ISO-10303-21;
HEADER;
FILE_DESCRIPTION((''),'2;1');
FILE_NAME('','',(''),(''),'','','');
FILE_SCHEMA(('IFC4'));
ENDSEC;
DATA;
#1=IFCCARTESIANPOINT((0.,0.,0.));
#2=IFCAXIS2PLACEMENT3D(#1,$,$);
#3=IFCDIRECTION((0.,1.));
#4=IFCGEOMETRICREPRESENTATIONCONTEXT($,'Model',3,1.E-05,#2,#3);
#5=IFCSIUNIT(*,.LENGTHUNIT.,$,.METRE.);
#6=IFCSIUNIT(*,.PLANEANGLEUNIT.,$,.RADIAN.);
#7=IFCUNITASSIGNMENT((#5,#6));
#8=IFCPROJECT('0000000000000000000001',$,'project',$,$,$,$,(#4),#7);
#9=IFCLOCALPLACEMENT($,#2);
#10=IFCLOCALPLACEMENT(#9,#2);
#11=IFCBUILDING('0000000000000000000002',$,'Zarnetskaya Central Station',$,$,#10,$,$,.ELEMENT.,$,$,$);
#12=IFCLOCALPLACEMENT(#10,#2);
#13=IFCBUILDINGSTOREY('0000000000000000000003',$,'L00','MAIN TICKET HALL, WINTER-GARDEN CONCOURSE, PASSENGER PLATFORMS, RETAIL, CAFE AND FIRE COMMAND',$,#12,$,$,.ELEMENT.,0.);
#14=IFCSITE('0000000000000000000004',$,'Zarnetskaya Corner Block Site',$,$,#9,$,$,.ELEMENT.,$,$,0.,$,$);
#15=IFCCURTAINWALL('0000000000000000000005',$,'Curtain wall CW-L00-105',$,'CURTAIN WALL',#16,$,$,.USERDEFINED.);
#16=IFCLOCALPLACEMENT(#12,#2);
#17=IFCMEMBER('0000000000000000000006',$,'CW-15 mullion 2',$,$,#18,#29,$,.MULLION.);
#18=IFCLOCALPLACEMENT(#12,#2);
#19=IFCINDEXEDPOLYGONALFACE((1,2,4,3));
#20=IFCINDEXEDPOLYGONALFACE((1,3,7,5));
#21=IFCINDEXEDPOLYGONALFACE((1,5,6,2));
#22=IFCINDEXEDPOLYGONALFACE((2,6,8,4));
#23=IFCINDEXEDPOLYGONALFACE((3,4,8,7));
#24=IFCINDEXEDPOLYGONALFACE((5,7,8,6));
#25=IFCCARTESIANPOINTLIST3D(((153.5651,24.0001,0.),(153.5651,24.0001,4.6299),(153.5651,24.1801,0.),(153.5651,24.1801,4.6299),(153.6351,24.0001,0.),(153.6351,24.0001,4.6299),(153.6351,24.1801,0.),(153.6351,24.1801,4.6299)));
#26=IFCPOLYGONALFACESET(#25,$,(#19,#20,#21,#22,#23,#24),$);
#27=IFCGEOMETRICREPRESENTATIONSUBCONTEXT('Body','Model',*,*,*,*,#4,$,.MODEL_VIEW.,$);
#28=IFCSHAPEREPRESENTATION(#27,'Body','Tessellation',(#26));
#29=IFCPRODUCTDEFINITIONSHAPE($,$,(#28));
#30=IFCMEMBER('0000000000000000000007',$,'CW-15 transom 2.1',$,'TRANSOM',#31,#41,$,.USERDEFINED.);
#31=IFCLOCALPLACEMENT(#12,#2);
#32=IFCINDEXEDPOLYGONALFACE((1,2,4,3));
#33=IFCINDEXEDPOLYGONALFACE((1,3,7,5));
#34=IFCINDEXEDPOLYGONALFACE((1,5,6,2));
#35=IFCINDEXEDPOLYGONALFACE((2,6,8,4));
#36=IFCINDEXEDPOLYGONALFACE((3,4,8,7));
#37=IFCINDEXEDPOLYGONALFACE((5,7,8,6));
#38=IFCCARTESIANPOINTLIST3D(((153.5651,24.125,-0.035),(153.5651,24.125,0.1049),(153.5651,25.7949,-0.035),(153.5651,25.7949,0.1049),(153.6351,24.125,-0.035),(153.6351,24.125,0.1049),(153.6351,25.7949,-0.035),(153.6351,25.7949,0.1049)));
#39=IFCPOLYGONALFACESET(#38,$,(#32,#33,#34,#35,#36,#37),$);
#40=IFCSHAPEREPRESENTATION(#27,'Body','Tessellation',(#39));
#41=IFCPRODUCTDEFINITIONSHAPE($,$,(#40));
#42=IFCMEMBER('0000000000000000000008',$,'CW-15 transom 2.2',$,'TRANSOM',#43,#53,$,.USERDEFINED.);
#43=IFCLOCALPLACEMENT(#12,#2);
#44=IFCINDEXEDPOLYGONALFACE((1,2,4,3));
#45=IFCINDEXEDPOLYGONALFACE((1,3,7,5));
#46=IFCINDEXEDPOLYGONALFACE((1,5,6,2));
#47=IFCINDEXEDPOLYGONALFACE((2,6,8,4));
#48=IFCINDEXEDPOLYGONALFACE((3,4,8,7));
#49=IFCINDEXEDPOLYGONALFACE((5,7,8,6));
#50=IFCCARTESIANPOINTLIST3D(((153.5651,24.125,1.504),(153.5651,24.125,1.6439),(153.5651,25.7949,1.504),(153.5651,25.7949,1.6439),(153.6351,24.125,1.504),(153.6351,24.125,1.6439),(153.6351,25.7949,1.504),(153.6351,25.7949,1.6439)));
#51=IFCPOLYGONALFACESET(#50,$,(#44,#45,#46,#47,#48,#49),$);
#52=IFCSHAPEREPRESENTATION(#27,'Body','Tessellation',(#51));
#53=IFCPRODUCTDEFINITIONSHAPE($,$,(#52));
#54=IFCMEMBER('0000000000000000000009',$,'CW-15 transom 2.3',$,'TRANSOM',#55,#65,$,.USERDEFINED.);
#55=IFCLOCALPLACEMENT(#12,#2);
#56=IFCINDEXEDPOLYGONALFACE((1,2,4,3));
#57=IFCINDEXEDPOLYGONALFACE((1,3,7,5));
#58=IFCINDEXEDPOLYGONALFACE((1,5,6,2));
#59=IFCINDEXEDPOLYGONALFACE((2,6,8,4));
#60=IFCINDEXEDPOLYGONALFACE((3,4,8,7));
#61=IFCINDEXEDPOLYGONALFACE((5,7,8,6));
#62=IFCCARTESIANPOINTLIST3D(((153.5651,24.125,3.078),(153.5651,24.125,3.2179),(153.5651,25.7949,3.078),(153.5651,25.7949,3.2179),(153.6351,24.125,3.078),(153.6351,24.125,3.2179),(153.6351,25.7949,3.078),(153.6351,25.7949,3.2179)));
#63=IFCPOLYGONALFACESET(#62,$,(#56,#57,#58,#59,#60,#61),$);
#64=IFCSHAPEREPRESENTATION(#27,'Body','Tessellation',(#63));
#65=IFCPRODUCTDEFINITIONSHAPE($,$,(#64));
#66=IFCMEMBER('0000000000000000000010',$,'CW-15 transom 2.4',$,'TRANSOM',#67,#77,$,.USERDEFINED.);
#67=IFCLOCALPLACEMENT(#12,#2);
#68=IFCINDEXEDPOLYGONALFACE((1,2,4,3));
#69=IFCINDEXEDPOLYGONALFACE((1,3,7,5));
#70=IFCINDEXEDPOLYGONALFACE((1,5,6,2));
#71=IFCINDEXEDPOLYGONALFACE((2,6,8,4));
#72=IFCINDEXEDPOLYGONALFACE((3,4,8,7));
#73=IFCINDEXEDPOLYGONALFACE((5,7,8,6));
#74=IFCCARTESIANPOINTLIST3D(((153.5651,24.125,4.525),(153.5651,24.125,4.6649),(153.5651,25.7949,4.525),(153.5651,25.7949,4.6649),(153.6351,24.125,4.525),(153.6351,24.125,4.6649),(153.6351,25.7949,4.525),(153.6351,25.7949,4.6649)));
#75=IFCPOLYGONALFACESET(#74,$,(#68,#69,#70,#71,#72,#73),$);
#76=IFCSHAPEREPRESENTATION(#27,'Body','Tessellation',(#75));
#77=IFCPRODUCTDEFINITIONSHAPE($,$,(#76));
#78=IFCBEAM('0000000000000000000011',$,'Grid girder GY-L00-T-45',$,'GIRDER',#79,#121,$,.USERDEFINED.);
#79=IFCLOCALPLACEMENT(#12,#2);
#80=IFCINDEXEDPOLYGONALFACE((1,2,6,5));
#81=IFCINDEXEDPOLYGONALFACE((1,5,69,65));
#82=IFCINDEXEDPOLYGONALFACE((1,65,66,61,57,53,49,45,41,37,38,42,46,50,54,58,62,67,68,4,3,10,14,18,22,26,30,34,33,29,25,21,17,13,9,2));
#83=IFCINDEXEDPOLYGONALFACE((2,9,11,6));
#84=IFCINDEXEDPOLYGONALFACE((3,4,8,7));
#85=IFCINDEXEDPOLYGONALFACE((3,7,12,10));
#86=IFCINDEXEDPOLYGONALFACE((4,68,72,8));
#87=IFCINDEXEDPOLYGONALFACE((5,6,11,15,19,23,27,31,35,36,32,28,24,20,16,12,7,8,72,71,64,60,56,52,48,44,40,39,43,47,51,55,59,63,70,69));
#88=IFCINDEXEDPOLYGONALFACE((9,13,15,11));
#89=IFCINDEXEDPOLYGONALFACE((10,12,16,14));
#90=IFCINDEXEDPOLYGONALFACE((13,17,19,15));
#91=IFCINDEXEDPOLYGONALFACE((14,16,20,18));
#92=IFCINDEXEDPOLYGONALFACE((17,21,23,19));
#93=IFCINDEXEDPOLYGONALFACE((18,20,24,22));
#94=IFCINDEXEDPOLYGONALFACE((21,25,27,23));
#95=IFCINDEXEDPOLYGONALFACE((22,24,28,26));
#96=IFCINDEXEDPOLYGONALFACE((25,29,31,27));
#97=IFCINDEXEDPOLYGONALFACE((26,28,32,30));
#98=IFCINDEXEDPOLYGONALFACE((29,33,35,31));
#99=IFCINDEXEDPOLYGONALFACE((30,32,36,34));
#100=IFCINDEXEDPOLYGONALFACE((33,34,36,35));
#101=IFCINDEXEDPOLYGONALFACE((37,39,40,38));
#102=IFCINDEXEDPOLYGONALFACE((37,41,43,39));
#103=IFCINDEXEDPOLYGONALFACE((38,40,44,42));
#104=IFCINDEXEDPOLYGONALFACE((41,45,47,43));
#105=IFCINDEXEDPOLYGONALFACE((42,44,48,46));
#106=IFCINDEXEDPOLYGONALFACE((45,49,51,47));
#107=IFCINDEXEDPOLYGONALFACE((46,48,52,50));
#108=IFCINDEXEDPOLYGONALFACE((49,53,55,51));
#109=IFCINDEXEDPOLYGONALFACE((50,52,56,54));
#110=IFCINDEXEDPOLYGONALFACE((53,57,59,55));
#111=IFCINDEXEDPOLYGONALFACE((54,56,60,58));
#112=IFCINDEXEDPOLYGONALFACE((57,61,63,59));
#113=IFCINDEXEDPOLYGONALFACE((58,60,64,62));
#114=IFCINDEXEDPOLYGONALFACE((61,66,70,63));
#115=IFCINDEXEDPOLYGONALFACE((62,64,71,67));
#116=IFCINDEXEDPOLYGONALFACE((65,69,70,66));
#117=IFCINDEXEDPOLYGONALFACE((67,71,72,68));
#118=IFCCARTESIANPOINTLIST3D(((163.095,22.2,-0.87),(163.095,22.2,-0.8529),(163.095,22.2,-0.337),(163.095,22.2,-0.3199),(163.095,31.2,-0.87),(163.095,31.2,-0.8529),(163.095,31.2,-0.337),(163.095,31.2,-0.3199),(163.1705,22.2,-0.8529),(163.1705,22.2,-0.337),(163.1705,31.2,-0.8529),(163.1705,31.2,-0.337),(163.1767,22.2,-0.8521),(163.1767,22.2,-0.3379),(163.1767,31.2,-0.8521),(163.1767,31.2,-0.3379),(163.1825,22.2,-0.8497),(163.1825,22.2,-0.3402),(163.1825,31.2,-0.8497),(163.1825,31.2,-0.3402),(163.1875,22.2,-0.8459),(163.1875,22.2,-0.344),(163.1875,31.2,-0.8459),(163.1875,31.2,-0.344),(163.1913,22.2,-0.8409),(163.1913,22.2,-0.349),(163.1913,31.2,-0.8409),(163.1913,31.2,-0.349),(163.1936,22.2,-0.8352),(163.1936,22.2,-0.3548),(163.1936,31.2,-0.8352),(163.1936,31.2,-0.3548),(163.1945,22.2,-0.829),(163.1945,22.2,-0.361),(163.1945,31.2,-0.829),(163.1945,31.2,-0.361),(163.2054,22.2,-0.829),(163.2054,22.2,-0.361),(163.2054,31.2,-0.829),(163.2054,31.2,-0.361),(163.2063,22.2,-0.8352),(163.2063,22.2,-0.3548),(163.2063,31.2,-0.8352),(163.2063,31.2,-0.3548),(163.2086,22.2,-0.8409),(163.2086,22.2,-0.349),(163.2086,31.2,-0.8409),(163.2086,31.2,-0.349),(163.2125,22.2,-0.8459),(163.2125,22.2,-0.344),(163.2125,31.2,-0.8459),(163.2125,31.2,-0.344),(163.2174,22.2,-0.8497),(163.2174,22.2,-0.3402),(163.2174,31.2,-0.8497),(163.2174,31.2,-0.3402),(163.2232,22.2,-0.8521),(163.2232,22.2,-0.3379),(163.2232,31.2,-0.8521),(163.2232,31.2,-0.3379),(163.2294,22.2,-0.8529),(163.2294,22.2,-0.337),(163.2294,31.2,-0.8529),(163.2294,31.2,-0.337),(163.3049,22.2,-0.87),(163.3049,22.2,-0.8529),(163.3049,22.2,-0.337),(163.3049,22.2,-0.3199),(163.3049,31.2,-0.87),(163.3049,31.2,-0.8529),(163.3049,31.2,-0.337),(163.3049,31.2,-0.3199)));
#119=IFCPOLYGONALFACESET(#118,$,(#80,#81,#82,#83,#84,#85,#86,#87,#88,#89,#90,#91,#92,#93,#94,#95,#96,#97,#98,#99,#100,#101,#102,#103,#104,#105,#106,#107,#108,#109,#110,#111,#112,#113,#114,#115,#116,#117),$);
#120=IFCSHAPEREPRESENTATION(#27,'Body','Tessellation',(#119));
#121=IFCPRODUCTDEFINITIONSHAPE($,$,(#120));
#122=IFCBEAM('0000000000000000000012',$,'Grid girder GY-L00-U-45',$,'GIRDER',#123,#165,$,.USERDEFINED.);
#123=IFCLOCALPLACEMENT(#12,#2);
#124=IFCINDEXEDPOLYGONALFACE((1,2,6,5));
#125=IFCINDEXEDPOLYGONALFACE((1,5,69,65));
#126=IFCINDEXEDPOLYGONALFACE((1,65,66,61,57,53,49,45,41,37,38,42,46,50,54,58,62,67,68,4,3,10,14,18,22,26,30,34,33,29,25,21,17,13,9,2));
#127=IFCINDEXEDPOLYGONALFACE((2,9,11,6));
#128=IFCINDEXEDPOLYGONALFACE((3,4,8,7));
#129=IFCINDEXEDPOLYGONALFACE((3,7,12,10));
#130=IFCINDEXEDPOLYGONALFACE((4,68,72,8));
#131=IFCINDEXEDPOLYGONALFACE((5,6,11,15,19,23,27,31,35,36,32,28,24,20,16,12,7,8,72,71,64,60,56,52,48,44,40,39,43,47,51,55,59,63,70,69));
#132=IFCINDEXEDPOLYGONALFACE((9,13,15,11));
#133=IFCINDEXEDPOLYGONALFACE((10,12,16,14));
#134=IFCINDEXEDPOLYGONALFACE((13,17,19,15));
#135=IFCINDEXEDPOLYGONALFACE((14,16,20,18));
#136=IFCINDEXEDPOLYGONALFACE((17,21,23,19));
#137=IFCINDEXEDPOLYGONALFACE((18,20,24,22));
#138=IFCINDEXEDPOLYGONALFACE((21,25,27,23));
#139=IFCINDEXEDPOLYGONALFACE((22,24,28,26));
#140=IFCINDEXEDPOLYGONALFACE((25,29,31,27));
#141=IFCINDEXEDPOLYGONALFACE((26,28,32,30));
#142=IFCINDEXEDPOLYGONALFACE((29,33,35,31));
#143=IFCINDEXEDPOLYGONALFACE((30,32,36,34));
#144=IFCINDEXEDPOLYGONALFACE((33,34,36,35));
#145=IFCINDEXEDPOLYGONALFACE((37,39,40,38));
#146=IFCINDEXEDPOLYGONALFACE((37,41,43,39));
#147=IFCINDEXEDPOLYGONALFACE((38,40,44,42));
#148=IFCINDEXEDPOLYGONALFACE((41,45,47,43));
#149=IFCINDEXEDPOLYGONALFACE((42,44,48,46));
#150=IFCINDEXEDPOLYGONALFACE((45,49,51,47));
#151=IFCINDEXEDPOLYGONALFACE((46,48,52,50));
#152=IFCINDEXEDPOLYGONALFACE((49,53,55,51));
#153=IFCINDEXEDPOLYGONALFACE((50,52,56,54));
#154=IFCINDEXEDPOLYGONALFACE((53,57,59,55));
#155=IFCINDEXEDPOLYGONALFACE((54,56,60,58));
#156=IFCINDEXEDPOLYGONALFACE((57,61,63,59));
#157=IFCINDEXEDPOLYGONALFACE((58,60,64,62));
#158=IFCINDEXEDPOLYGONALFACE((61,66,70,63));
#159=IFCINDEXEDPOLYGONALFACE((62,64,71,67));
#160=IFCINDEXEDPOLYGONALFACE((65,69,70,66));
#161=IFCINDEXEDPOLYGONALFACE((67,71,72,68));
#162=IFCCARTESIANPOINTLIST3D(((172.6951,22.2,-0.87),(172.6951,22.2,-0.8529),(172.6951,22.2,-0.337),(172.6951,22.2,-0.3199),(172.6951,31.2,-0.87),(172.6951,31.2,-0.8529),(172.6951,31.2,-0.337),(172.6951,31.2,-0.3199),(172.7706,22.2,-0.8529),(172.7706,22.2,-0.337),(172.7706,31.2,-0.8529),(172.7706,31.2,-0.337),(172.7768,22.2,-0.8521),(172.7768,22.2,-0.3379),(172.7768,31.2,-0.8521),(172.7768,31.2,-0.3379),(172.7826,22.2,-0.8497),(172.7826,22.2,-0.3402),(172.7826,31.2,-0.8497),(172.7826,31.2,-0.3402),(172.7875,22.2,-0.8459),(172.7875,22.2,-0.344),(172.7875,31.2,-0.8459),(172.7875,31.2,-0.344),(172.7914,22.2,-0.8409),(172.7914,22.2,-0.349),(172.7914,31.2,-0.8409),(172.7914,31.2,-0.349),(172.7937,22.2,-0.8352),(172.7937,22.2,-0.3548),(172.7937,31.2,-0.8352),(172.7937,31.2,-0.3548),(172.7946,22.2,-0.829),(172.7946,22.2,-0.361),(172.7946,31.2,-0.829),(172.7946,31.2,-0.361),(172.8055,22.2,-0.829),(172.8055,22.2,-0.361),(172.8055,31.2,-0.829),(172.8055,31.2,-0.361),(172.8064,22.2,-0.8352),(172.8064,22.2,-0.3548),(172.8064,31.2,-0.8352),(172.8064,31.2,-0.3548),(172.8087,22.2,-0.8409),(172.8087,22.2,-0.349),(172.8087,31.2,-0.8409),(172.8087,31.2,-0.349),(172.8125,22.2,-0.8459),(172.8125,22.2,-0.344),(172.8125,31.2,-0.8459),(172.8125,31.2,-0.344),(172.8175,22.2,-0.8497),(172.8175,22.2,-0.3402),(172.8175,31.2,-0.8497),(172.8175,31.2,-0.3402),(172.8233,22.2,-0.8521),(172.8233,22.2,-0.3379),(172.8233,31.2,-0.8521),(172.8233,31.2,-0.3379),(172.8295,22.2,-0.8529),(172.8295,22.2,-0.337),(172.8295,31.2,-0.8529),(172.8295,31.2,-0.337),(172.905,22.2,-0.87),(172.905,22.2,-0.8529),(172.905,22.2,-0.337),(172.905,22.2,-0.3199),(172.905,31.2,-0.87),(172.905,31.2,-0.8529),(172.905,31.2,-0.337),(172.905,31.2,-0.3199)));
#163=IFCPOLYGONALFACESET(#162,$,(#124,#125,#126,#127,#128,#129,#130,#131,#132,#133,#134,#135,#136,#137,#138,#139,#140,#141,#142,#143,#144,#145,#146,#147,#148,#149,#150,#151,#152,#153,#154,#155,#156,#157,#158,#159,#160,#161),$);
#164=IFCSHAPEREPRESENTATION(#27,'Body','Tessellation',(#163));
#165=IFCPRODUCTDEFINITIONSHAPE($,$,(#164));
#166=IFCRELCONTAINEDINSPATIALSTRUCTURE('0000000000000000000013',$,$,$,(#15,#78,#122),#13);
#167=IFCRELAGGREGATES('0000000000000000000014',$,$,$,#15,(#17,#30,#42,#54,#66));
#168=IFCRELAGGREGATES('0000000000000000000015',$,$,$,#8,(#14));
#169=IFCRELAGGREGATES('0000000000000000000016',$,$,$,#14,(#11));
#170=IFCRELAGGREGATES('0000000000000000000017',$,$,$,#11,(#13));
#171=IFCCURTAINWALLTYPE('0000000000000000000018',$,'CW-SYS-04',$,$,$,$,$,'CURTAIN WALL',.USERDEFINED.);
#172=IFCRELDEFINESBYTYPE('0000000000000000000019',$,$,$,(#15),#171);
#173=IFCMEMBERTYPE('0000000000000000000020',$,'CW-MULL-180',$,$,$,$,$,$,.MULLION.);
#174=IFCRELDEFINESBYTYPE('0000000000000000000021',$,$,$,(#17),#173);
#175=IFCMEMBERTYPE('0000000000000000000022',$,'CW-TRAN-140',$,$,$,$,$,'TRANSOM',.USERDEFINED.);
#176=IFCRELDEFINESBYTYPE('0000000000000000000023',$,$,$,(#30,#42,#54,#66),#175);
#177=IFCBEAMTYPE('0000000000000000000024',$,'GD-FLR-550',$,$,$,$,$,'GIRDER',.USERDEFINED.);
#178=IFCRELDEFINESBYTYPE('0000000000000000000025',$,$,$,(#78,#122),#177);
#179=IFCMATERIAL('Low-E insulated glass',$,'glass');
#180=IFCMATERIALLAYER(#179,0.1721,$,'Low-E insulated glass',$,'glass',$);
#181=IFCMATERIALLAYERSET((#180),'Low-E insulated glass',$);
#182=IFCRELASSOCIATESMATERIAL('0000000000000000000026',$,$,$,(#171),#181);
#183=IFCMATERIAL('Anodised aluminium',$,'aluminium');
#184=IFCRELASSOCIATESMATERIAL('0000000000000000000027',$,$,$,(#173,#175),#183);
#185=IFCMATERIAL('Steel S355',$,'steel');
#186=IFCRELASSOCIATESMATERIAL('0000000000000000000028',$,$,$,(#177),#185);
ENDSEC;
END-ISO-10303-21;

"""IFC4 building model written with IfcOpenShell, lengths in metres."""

from ifc_helpers import new_model, si_unit, direction, frame, origin, origin_2d, place, context, subcontext, project, spatial, rectangle, i_section, extrude, material, layer, layer_set, material_profile, profile_set, type_object, element, aggregate, save


model = new_model("IFC4")

# Units and contexts
model_context = context("Model", 3, precision=1e-05, world=origin(), true_north=direction((0.0, 1.0)))
body_context = subcontext(model_context, "Body", "Model", "MODEL_VIEW")
ifc_project = project(units=[si_unit("LENGTHUNIT", "METRE"), si_unit("PLANEANGLEUNIT", "RADIAN")], contexts=[model_context])

# Site, building, storey
site_placement = place(None, origin())
site = spatial("IfcSite", under=ifc_project, at=site_placement, Name="Zarnetskaya Corner Block Site", CompositionType="ELEMENT", RefElevation=0.0)
building_placement = place(site_placement, origin())
building = spatial("IfcBuilding", under=site, at=building_placement, Name="Zarnetskaya Central Station", CompositionType="ELEMENT")
storey_placement = place(building_placement, origin())
storey = spatial("IfcBuildingStorey", under=building, at=storey_placement, Name="L00", Description="MAIN TICKET HALL, WINTER-GARDEN CONCOURSE, PASSENGER PLATFORMS, RETAIL, CAFE AND FIRE COMMAND", CompositionType="ELEMENT", Elevation=0.0)

# Shared definitions
ifc_material_1 = material(Name="Steel S355", Category="steel")

# Curtain wall, members
ifc_material_2 = material(Name="Low-E insulated glass", Category="glass")
ifc_layer_1 = layer(ifc_material_2, 0.1721, Name="Low-E insulated glass", Category="glass")
ifc_layer_set_1 = layer_set([ifc_layer_1], Name="Low-E insulated glass")
curtain_wall_type = type_object("IfcCurtainWallType", Name="CW-SYS-04", ElementType="CURTAIN WALL", PredefinedType="USERDEFINED", material=ifc_layer_set_1)
curtain_wall_placement = place(storey_placement, origin())
curtain_wall = element("IfcCurtainWall", 1, at=curtain_wall_placement, inside=storey, type_object=curtain_wall_type, Name="Curtain wall CW-L00-105", ObjectType="CURTAIN WALL", PredefinedType="USERDEFINED")
ifc_material_3 = material(Name="Anodised aluminium", Category="aluminium")
ifc_material_profile_1 = material_profile(ifc_material_3, rectangle(XDim=0.0701, YDim=0.1799, at=origin_2d()), Name="ALU MULL 70x180")
ifc_profile_set_1 = profile_set([ifc_material_profile_1], Name="Anodised aluminium")
member_type_1 = type_object("IfcMemberType", Name="CW-MULL-180", PredefinedType="MULLION", material=ifc_profile_set_1)
member_1_placement = place(storey_placement, frame((153.6001, 24.0901, 0.0), z_axis=(0.0, 0.0, 1.0), x_axis=(-1.0, 0.0, 0.0)))
member_1 = element("IfcMember", 2, at=member_1_placement, type_object=member_type_1, Name="CW-15 mullion 2", PredefinedType="MULLION", context=body_context, shape_type="SweptSolid", body=[
    extrude(rectangle(XDim=0.0701, YDim=0.1799, at=origin_2d()), origin(), (0.0, 0.0, 1.0), 4.6299),
])
ifc_material_profile_2 = material_profile(ifc_material_3, rectangle(XDim=0.0701, YDim=0.1399, at=origin_2d()), Name="ALU TRAN 70x140")
ifc_profile_set_2 = profile_set([ifc_material_profile_2], Name="Anodised aluminium")
member_type_2 = type_object("IfcMemberType", Name="CW-TRAN-140", ElementType="TRANSOM", PredefinedType="USERDEFINED", material=ifc_profile_set_2)
member_2_placement = place(storey_placement, frame((153.6001, 24.125, 0.0349), z_axis=(0.0, 1.0, 0.0), x_axis=(-1.0, 0.0, 0.0)))
member_2 = element("IfcMember", 3, at=member_2_placement, type_object=member_type_2, Name="CW-15 transom 2.1", ObjectType="TRANSOM", PredefinedType="USERDEFINED", context=body_context, shape_type="SweptSolid", body=[
    extrude(rectangle(XDim=0.0701, YDim=0.1399, at=origin_2d()), origin(), (0.0, 0.0, 1.0), 1.6699),
])
member_3_placement = place(storey_placement, frame((153.6001, 24.125, 1.574), z_axis=(0.0, 1.0, 0.0), x_axis=(-1.0, 0.0, 0.0)))
member_3 = element("IfcMember", 4, at=member_3_placement, type_object=member_type_2, Name="CW-15 transom 2.2", ObjectType="TRANSOM", PredefinedType="USERDEFINED", context=body_context, shape_type="SweptSolid", body=[
    extrude(rectangle(XDim=0.0701, YDim=0.1399, at=origin_2d()), origin(), (0.0, 0.0, 1.0), 1.6699),
])
member_4_placement = place(storey_placement, frame((153.6001, 24.125, 3.1479), z_axis=(0.0, 1.0, 0.0), x_axis=(-1.0, 0.0, 0.0)))
member_4 = element("IfcMember", 5, at=member_4_placement, type_object=member_type_2, Name="CW-15 transom 2.3", ObjectType="TRANSOM", PredefinedType="USERDEFINED", context=body_context, shape_type="SweptSolid", body=[
    extrude(rectangle(XDim=0.0701, YDim=0.1399, at=origin_2d()), origin(), (0.0, 0.0, 1.0), 1.6699),
])
member_5_placement = place(storey_placement, frame((153.6001, 24.125, 4.595), z_axis=(0.0, 1.0, 0.0), x_axis=(-1.0, 0.0, 0.0)))
member_5 = element("IfcMember", 6, at=member_5_placement, type_object=member_type_2, Name="CW-15 transom 2.4", ObjectType="TRANSOM", PredefinedType="USERDEFINED", context=body_context, shape_type="SweptSolid", body=[
    extrude(rectangle(XDim=0.0701, YDim=0.1399, at=origin_2d()), origin(), (0.0, 0.0, 1.0), 1.6699),
])
aggregate(curtain_wall, [member_1, member_2, member_3, member_4, member_5])

# Beams
ifc_material_profile_3 = material_profile(ifc_material_1, i_section(OverallWidth=0.21, OverallDepth=0.55, WebThickness=0.011, FlangeThickness=0.0171, FilletRadius=0.0239, at=origin_2d()), Name="IPE 550")
ifc_profile_set_3 = profile_set([ifc_material_profile_3], Name="Steel S355")
beam_type_1 = type_object("IfcBeamType", Name="GD-FLR-550", ElementType="GIRDER", PredefinedType="USERDEFINED", material=ifc_profile_set_3)
for number, where, z_axis, x_axis, name in (
    (7, (163.2, 22.2, -0.595), (0.0, 1.0, 0.0), (-1.0, 0.0, 0.0), "Grid girder GY-L00-T-45"),
    (8, (172.8, 22.2, -0.595), (0.0, 1.0, 0.0), (-1.0, 0.0, 0.0), "Grid girder GY-L00-U-45"),
):
    element("IfcBeam", number, at=place(storey_placement, frame(where, z_axis=z_axis, x_axis=x_axis)), inside=storey, type_object=beam_type_1, Name=name, ObjectType="GIRDER", PredefinedType="USERDEFINED", context=body_context, shape_type="SweptSolid", body=[
        extrude(i_section(OverallWidth=0.21, OverallDepth=0.55, WebThickness=0.011, FlangeThickness=0.0171, FilletRadius=0.0239, at=origin_2d()), origin(), (0.0, 0.0, 1.0), 9.0),
    ])

save(model, "model.ifc")
